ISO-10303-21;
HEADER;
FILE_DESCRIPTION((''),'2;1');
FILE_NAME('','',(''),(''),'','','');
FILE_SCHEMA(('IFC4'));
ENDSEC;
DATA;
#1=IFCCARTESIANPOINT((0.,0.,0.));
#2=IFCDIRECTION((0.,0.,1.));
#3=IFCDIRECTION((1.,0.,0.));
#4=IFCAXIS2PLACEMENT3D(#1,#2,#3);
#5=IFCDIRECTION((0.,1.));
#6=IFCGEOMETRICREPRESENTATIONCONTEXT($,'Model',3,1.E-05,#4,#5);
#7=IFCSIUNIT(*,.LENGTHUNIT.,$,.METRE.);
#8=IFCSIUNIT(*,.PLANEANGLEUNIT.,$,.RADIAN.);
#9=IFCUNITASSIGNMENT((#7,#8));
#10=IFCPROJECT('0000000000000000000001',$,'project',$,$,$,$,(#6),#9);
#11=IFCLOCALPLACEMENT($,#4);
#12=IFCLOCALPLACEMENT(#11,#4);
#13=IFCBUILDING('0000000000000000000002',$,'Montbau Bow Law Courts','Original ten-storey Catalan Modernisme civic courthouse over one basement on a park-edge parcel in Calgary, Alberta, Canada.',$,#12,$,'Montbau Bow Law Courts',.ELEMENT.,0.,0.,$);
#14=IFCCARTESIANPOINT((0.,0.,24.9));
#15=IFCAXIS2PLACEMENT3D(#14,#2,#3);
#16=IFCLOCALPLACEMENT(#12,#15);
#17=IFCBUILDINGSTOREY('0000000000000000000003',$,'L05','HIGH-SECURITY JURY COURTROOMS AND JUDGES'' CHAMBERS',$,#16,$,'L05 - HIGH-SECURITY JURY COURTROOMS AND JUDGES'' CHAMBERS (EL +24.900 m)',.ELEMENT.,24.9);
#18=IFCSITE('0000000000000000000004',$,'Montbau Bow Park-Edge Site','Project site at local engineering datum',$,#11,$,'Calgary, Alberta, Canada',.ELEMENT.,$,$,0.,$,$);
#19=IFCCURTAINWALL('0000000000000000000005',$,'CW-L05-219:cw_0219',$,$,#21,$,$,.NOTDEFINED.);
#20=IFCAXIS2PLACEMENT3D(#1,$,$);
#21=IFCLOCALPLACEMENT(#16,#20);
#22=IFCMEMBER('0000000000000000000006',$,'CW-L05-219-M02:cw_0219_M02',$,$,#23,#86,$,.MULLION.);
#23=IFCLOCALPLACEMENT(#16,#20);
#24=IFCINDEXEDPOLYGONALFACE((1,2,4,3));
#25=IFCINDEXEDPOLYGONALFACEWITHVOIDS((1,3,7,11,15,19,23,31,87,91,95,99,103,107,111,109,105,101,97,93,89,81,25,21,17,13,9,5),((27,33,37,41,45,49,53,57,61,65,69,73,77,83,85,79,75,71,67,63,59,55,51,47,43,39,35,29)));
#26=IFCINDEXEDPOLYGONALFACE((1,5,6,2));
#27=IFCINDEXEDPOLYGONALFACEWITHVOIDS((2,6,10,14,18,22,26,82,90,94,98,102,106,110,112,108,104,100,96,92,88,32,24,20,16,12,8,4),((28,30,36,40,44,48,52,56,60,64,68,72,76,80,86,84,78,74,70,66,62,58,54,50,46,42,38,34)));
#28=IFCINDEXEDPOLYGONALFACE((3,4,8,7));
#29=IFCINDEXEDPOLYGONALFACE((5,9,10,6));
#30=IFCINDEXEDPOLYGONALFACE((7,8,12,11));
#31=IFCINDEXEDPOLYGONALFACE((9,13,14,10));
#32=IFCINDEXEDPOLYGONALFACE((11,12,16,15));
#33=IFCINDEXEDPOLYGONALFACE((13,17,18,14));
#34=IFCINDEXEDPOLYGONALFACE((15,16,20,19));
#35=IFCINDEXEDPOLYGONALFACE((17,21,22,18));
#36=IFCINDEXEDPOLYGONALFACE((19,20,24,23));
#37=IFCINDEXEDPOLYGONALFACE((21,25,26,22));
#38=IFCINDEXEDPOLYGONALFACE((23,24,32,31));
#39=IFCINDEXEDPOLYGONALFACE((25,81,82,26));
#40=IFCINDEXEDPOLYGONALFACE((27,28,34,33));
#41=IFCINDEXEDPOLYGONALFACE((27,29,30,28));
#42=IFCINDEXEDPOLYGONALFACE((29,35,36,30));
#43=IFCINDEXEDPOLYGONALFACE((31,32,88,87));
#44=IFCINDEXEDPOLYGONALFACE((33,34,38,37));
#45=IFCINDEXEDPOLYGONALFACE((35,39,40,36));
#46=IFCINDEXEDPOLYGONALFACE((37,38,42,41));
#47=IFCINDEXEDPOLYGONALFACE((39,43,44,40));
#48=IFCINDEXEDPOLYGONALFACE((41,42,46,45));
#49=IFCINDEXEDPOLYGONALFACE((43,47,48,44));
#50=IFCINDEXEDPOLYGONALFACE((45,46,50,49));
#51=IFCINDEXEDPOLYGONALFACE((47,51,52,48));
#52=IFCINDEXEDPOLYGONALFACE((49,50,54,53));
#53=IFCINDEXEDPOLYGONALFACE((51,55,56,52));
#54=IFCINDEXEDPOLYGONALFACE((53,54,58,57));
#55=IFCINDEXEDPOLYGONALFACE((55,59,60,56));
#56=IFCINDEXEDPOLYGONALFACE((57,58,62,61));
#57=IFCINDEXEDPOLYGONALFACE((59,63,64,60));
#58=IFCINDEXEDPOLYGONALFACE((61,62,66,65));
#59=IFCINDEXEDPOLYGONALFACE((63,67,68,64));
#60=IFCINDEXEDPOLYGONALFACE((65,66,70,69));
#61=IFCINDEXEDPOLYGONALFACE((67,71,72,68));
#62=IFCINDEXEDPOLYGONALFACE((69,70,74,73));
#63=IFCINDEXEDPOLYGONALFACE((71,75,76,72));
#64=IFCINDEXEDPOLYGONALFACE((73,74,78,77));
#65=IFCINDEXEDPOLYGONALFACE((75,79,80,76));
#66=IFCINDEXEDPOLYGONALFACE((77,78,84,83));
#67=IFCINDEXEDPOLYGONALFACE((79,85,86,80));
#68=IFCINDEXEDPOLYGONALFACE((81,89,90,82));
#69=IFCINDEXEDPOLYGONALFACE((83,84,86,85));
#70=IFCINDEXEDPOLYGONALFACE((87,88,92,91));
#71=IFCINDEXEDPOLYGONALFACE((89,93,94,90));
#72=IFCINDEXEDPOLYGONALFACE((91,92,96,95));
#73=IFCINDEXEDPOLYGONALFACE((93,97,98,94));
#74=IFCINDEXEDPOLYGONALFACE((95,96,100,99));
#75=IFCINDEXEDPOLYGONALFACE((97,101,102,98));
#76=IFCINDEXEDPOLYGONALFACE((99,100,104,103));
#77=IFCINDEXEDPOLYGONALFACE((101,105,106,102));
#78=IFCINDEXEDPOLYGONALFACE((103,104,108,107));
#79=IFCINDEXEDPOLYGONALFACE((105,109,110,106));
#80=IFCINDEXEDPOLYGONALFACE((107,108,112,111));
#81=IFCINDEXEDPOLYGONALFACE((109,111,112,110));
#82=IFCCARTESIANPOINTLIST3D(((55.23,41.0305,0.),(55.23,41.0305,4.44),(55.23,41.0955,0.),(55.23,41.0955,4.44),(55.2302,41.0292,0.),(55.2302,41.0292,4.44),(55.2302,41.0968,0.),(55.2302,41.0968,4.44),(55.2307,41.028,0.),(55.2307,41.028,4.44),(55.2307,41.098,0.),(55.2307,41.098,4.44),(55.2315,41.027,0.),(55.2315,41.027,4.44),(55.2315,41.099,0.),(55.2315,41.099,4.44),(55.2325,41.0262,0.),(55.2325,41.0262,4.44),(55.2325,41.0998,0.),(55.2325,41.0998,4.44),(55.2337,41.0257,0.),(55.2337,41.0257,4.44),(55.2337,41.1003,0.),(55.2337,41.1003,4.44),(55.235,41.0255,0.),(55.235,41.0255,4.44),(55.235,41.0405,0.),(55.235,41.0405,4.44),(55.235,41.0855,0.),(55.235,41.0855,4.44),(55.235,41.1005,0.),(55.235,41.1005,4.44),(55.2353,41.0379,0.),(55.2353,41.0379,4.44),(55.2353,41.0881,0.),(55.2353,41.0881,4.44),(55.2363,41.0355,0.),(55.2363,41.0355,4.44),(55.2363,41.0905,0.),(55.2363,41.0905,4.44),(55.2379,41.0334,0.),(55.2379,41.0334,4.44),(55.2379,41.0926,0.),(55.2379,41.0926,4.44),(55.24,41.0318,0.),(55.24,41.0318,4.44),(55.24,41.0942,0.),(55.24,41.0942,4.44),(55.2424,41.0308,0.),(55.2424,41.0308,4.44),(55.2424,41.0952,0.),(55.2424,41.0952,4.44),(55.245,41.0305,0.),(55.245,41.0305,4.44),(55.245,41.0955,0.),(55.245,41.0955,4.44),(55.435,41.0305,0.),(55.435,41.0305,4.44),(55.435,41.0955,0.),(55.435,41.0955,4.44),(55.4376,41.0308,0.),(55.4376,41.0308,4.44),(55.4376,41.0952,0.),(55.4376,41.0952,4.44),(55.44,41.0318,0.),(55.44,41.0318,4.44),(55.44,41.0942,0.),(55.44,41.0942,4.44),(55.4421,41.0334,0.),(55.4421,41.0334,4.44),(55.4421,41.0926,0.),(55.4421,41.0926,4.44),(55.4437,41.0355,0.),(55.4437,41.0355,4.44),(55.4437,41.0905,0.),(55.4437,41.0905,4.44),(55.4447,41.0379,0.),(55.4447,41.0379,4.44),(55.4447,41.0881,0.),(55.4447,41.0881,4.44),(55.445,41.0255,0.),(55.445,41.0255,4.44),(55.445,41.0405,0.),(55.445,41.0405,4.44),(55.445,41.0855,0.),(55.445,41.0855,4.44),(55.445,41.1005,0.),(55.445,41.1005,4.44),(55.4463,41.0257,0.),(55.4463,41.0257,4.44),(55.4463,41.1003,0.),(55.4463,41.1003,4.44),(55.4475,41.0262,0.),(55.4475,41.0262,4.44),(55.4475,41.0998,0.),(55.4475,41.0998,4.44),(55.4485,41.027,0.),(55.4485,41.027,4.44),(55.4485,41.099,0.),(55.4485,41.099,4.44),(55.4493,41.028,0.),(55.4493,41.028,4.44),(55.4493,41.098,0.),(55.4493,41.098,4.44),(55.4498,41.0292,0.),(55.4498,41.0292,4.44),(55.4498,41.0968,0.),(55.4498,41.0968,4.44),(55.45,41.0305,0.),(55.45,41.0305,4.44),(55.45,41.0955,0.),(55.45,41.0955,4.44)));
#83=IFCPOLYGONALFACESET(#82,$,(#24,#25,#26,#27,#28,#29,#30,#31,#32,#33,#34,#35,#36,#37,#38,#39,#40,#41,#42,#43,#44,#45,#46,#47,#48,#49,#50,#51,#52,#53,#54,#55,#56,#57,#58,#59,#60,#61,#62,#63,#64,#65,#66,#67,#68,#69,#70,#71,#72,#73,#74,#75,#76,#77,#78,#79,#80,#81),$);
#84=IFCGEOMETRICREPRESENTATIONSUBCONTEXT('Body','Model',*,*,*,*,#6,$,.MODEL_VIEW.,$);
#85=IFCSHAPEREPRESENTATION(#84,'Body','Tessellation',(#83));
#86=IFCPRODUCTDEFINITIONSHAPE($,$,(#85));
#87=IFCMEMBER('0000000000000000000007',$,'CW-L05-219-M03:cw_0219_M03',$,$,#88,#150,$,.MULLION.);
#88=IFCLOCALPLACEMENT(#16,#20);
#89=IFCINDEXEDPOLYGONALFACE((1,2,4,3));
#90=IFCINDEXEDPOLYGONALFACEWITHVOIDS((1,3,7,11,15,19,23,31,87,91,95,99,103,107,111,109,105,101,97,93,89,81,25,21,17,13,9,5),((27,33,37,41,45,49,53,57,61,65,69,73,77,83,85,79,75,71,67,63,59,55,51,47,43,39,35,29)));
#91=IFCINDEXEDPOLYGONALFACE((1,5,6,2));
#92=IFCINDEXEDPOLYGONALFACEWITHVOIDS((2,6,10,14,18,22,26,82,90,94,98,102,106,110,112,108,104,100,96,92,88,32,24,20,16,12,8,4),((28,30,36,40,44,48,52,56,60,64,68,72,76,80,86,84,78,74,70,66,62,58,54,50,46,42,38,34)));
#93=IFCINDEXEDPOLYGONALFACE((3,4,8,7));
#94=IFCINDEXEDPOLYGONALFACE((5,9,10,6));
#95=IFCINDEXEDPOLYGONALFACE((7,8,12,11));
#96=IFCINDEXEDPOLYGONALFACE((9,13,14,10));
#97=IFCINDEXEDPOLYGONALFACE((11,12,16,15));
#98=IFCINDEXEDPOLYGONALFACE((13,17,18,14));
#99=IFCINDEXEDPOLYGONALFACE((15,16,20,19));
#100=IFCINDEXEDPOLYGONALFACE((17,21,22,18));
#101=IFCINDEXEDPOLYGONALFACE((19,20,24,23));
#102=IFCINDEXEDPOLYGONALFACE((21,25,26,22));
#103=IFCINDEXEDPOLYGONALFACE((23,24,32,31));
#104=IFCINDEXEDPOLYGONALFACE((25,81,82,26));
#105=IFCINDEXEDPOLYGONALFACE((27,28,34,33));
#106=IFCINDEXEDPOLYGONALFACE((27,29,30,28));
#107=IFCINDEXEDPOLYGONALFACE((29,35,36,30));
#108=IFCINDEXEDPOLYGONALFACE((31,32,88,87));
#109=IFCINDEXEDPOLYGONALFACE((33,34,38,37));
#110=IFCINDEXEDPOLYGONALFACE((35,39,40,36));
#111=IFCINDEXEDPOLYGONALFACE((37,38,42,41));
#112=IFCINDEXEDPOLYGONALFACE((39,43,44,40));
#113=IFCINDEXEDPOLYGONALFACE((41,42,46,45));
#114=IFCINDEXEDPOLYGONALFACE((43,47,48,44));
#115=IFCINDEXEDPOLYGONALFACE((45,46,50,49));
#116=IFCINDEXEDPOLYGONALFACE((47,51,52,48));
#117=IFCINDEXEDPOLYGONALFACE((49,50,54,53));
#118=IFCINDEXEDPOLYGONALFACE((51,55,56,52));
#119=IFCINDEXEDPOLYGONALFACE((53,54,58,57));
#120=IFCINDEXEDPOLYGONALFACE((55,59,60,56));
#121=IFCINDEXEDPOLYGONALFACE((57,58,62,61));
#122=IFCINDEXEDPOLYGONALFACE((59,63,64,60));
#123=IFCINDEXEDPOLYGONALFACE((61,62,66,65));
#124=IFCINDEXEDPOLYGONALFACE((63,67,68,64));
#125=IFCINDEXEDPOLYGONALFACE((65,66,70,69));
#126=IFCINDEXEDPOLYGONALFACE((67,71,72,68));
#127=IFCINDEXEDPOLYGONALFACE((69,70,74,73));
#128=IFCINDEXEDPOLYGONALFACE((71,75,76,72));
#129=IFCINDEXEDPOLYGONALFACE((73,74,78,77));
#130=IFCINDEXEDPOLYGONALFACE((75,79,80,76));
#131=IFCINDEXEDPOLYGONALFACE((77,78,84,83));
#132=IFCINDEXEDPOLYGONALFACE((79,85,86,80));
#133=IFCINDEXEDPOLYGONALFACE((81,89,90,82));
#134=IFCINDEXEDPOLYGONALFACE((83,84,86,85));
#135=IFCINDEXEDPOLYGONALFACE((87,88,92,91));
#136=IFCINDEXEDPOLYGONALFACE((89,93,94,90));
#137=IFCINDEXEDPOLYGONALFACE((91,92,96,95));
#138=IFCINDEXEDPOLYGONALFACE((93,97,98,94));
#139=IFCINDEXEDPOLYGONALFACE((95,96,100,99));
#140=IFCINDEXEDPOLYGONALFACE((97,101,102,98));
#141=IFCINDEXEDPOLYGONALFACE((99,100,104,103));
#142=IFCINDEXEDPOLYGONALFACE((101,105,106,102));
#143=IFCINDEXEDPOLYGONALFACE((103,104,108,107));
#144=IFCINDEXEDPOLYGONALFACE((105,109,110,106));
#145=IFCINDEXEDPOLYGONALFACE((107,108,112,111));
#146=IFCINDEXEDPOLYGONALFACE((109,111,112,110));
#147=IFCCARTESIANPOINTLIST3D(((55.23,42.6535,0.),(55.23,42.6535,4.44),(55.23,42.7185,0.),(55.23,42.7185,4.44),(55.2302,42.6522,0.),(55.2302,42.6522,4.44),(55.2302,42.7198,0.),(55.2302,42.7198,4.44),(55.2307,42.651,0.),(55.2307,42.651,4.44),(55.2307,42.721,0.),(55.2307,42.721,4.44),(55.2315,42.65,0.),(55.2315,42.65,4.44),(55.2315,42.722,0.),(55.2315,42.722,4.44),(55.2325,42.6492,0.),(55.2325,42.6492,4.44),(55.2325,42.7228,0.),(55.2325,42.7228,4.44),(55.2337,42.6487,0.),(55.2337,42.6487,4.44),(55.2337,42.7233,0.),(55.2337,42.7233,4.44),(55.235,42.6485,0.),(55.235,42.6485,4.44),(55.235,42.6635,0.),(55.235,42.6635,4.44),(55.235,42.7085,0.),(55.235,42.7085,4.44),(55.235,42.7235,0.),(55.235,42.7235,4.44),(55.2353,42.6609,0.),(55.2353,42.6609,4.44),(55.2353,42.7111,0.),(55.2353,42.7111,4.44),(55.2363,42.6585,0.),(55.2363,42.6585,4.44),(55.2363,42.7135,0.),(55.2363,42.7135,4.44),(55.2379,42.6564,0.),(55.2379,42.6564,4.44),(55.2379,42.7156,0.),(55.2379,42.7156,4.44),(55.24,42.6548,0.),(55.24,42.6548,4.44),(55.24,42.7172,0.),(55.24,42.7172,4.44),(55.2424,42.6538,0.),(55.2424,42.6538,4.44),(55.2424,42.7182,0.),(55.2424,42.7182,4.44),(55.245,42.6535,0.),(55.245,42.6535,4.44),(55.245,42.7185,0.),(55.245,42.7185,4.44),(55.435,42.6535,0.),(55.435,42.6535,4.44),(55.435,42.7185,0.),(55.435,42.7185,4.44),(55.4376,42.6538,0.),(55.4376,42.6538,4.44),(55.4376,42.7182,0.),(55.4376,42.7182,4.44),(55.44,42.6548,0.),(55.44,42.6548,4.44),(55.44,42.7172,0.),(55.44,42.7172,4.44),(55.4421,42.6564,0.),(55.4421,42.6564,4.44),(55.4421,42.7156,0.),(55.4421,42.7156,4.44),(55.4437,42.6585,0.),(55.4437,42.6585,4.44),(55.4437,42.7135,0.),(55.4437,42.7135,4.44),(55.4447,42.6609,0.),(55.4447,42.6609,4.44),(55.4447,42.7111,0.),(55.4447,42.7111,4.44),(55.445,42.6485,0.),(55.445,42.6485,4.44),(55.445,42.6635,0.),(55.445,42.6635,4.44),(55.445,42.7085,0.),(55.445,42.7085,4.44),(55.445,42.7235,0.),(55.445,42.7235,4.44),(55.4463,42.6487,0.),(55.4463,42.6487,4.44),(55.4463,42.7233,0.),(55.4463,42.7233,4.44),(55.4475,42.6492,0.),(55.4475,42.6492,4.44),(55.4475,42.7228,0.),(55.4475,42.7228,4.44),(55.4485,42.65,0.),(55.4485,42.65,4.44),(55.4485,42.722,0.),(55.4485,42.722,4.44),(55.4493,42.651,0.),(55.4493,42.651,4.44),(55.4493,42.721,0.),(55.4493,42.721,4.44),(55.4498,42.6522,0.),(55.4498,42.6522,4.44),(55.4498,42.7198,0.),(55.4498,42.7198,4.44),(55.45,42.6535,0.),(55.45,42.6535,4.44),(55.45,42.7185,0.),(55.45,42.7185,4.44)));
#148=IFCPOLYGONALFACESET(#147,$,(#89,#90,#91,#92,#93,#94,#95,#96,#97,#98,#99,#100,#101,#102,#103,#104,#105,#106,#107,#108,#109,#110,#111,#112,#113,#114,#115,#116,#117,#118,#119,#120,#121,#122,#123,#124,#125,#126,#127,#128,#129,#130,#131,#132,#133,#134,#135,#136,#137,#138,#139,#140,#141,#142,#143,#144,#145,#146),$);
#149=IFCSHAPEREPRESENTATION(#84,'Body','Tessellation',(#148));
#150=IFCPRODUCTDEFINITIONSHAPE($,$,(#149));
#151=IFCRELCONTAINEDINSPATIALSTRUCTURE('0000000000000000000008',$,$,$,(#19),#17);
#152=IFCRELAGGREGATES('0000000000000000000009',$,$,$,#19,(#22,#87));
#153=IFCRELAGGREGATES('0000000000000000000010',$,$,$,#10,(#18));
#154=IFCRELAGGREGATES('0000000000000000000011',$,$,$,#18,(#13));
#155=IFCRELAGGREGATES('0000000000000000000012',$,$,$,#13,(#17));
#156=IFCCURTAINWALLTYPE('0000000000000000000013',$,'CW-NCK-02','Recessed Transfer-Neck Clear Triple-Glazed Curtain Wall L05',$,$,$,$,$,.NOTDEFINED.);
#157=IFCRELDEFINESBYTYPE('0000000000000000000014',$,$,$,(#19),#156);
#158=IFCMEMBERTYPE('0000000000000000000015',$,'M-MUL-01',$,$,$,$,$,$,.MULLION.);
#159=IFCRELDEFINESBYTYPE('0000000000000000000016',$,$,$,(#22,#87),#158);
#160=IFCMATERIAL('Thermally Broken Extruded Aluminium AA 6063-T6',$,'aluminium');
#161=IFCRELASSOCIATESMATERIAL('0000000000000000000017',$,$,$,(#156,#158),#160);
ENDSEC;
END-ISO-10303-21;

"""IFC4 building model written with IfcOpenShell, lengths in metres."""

from ifc_helpers import new_model, si_unit, direction, frame, origin_with_axes, origin_2d_with_axis, place, context, subcontext, project, spatial, hollow_rectangle, extrude, material, material_profile, profile_set, type_object, element, aggregate, save


model = new_model("IFC4")

# Units and contexts
model_context = context("Model", 3, precision=1e-05, world=origin_with_axes(), true_north=direction((0.0, 1.0)))
body_context = subcontext(model_context, "Body", "Model", "MODEL_VIEW")
ifc_project = project(units=[si_unit("LENGTHUNIT", "METRE"), si_unit("PLANEANGLEUNIT", "RADIAN")], contexts=[model_context])

# Site, building, storey
site_placement = place(None, origin_with_axes())
site = spatial("IfcSite", under=ifc_project, at=site_placement, Name="Montbau Bow Park-Edge Site", Description="Project site at local engineering datum", LongName="Calgary, Alberta, Canada", CompositionType="ELEMENT", RefElevation=0.0)
building_placement = place(site_placement, origin_with_axes())
building = spatial("IfcBuilding", under=site, at=building_placement, Name="Montbau Bow Law Courts", Description="Original ten-storey Catalan Modernisme civic courthouse over one basement on a park-edge parcel in Calgary, Alberta, Canada.", LongName="Montbau Bow Law Courts", CompositionType="ELEMENT", ElevationOfRefHeight=0.0, ElevationOfTerrain=0.0)
storey_placement = place(building_placement, frame((0.0, 0.0, 24.9), z_axis=(0.0, 0.0, 1.0), x_axis=(1.0, 0.0, 0.0)))
storey = spatial("IfcBuildingStorey", under=building, at=storey_placement, Name="L05", Description="HIGH-SECURITY JURY COURTROOMS AND JUDGES' CHAMBERS", LongName="L05 - HIGH-SECURITY JURY COURTROOMS AND JUDGES' CHAMBERS (EL +24.900 m)", CompositionType="ELEMENT", Elevation=24.9)

# Curtain wall, members
ifc_material_1 = material(Name="Thermally Broken Extruded Aluminium AA 6063-T6", Category="aluminium")
curtain_wall_type = type_object("IfcCurtainWallType", Name="CW-NCK-02", Description="Recessed Transfer-Neck Clear Triple-Glazed Curtain Wall L05", PredefinedType="NOTDEFINED", material=ifc_material_1)
curtain_wall_placement = place(None, frame((55.34, 39.44, 24.9), z_axis=(0.0, 0.0, 1.0), x_axis=(1.0, 0.0, 0.0)))
curtain_wall = element("IfcCurtainWall", 1, at=curtain_wall_placement, inside=storey, type_object=curtain_wall_type, Name="CW-L05-219:cw_0219", PredefinedType="NOTDEFINED")
ifc_material_profile_1 = material_profile(ifc_material_1, hollow_rectangle(XDim=0.075, YDim=0.22, WallThickness=0.005, InnerFilletRadius=0.01, OuterFilletRadius=0.005, at=origin_2d_with_axis()), Name="CWM-220X75", Category="Main", Priority=0)
ifc_profile_set_1 = profile_set([ifc_material_profile_1], Name="Thermally Broken Extruded Aluminium AA 6063-T6")
member_type_1 = type_object("IfcMemberType", Name="M-MUL-01", PredefinedType="MULLION", material=ifc_profile_set_1)
member_1_placement = place(None, frame((55.34, 41.063, 24.9), z_axis=(0.0, 0.0, 1.0), x_axis=(0.0, 1.0, 0.0)))
member_1 = element("IfcMember", 2, at=member_1_placement, type_object=member_type_1, Name="CW-L05-219-M02:cw_0219_M02", PredefinedType="MULLION", context=body_context, shape_type="SweptSolid", body=[
    extrude(hollow_rectangle(XDim=0.075, YDim=0.22, WallThickness=0.005, InnerFilletRadius=0.01, OuterFilletRadius=0.005, at=origin_2d_with_axis()), origin_with_axes(), (0.0, 0.0, 1.0), 4.44),
])
member_2_placement = place(None, frame((55.34, 42.686, 24.9), z_axis=(0.0, 0.0, 1.0), x_axis=(0.0, 1.0, 0.0)))
member_2 = element("IfcMember", 3, at=member_2_placement, type_object=member_type_1, Name="CW-L05-219-M03:cw_0219_M03", PredefinedType="MULLION", context=body_context, shape_type="SweptSolid", body=[
    extrude(hollow_rectangle(XDim=0.075, YDim=0.22, WallThickness=0.005, InnerFilletRadius=0.01, OuterFilletRadius=0.005, at=origin_2d_with_axis()), origin_with_axes(), (0.0, 0.0, 1.0), 4.44),
])
aggregate(curtain_wall, [member_1, member_2])

save(model, "model.ifc")
